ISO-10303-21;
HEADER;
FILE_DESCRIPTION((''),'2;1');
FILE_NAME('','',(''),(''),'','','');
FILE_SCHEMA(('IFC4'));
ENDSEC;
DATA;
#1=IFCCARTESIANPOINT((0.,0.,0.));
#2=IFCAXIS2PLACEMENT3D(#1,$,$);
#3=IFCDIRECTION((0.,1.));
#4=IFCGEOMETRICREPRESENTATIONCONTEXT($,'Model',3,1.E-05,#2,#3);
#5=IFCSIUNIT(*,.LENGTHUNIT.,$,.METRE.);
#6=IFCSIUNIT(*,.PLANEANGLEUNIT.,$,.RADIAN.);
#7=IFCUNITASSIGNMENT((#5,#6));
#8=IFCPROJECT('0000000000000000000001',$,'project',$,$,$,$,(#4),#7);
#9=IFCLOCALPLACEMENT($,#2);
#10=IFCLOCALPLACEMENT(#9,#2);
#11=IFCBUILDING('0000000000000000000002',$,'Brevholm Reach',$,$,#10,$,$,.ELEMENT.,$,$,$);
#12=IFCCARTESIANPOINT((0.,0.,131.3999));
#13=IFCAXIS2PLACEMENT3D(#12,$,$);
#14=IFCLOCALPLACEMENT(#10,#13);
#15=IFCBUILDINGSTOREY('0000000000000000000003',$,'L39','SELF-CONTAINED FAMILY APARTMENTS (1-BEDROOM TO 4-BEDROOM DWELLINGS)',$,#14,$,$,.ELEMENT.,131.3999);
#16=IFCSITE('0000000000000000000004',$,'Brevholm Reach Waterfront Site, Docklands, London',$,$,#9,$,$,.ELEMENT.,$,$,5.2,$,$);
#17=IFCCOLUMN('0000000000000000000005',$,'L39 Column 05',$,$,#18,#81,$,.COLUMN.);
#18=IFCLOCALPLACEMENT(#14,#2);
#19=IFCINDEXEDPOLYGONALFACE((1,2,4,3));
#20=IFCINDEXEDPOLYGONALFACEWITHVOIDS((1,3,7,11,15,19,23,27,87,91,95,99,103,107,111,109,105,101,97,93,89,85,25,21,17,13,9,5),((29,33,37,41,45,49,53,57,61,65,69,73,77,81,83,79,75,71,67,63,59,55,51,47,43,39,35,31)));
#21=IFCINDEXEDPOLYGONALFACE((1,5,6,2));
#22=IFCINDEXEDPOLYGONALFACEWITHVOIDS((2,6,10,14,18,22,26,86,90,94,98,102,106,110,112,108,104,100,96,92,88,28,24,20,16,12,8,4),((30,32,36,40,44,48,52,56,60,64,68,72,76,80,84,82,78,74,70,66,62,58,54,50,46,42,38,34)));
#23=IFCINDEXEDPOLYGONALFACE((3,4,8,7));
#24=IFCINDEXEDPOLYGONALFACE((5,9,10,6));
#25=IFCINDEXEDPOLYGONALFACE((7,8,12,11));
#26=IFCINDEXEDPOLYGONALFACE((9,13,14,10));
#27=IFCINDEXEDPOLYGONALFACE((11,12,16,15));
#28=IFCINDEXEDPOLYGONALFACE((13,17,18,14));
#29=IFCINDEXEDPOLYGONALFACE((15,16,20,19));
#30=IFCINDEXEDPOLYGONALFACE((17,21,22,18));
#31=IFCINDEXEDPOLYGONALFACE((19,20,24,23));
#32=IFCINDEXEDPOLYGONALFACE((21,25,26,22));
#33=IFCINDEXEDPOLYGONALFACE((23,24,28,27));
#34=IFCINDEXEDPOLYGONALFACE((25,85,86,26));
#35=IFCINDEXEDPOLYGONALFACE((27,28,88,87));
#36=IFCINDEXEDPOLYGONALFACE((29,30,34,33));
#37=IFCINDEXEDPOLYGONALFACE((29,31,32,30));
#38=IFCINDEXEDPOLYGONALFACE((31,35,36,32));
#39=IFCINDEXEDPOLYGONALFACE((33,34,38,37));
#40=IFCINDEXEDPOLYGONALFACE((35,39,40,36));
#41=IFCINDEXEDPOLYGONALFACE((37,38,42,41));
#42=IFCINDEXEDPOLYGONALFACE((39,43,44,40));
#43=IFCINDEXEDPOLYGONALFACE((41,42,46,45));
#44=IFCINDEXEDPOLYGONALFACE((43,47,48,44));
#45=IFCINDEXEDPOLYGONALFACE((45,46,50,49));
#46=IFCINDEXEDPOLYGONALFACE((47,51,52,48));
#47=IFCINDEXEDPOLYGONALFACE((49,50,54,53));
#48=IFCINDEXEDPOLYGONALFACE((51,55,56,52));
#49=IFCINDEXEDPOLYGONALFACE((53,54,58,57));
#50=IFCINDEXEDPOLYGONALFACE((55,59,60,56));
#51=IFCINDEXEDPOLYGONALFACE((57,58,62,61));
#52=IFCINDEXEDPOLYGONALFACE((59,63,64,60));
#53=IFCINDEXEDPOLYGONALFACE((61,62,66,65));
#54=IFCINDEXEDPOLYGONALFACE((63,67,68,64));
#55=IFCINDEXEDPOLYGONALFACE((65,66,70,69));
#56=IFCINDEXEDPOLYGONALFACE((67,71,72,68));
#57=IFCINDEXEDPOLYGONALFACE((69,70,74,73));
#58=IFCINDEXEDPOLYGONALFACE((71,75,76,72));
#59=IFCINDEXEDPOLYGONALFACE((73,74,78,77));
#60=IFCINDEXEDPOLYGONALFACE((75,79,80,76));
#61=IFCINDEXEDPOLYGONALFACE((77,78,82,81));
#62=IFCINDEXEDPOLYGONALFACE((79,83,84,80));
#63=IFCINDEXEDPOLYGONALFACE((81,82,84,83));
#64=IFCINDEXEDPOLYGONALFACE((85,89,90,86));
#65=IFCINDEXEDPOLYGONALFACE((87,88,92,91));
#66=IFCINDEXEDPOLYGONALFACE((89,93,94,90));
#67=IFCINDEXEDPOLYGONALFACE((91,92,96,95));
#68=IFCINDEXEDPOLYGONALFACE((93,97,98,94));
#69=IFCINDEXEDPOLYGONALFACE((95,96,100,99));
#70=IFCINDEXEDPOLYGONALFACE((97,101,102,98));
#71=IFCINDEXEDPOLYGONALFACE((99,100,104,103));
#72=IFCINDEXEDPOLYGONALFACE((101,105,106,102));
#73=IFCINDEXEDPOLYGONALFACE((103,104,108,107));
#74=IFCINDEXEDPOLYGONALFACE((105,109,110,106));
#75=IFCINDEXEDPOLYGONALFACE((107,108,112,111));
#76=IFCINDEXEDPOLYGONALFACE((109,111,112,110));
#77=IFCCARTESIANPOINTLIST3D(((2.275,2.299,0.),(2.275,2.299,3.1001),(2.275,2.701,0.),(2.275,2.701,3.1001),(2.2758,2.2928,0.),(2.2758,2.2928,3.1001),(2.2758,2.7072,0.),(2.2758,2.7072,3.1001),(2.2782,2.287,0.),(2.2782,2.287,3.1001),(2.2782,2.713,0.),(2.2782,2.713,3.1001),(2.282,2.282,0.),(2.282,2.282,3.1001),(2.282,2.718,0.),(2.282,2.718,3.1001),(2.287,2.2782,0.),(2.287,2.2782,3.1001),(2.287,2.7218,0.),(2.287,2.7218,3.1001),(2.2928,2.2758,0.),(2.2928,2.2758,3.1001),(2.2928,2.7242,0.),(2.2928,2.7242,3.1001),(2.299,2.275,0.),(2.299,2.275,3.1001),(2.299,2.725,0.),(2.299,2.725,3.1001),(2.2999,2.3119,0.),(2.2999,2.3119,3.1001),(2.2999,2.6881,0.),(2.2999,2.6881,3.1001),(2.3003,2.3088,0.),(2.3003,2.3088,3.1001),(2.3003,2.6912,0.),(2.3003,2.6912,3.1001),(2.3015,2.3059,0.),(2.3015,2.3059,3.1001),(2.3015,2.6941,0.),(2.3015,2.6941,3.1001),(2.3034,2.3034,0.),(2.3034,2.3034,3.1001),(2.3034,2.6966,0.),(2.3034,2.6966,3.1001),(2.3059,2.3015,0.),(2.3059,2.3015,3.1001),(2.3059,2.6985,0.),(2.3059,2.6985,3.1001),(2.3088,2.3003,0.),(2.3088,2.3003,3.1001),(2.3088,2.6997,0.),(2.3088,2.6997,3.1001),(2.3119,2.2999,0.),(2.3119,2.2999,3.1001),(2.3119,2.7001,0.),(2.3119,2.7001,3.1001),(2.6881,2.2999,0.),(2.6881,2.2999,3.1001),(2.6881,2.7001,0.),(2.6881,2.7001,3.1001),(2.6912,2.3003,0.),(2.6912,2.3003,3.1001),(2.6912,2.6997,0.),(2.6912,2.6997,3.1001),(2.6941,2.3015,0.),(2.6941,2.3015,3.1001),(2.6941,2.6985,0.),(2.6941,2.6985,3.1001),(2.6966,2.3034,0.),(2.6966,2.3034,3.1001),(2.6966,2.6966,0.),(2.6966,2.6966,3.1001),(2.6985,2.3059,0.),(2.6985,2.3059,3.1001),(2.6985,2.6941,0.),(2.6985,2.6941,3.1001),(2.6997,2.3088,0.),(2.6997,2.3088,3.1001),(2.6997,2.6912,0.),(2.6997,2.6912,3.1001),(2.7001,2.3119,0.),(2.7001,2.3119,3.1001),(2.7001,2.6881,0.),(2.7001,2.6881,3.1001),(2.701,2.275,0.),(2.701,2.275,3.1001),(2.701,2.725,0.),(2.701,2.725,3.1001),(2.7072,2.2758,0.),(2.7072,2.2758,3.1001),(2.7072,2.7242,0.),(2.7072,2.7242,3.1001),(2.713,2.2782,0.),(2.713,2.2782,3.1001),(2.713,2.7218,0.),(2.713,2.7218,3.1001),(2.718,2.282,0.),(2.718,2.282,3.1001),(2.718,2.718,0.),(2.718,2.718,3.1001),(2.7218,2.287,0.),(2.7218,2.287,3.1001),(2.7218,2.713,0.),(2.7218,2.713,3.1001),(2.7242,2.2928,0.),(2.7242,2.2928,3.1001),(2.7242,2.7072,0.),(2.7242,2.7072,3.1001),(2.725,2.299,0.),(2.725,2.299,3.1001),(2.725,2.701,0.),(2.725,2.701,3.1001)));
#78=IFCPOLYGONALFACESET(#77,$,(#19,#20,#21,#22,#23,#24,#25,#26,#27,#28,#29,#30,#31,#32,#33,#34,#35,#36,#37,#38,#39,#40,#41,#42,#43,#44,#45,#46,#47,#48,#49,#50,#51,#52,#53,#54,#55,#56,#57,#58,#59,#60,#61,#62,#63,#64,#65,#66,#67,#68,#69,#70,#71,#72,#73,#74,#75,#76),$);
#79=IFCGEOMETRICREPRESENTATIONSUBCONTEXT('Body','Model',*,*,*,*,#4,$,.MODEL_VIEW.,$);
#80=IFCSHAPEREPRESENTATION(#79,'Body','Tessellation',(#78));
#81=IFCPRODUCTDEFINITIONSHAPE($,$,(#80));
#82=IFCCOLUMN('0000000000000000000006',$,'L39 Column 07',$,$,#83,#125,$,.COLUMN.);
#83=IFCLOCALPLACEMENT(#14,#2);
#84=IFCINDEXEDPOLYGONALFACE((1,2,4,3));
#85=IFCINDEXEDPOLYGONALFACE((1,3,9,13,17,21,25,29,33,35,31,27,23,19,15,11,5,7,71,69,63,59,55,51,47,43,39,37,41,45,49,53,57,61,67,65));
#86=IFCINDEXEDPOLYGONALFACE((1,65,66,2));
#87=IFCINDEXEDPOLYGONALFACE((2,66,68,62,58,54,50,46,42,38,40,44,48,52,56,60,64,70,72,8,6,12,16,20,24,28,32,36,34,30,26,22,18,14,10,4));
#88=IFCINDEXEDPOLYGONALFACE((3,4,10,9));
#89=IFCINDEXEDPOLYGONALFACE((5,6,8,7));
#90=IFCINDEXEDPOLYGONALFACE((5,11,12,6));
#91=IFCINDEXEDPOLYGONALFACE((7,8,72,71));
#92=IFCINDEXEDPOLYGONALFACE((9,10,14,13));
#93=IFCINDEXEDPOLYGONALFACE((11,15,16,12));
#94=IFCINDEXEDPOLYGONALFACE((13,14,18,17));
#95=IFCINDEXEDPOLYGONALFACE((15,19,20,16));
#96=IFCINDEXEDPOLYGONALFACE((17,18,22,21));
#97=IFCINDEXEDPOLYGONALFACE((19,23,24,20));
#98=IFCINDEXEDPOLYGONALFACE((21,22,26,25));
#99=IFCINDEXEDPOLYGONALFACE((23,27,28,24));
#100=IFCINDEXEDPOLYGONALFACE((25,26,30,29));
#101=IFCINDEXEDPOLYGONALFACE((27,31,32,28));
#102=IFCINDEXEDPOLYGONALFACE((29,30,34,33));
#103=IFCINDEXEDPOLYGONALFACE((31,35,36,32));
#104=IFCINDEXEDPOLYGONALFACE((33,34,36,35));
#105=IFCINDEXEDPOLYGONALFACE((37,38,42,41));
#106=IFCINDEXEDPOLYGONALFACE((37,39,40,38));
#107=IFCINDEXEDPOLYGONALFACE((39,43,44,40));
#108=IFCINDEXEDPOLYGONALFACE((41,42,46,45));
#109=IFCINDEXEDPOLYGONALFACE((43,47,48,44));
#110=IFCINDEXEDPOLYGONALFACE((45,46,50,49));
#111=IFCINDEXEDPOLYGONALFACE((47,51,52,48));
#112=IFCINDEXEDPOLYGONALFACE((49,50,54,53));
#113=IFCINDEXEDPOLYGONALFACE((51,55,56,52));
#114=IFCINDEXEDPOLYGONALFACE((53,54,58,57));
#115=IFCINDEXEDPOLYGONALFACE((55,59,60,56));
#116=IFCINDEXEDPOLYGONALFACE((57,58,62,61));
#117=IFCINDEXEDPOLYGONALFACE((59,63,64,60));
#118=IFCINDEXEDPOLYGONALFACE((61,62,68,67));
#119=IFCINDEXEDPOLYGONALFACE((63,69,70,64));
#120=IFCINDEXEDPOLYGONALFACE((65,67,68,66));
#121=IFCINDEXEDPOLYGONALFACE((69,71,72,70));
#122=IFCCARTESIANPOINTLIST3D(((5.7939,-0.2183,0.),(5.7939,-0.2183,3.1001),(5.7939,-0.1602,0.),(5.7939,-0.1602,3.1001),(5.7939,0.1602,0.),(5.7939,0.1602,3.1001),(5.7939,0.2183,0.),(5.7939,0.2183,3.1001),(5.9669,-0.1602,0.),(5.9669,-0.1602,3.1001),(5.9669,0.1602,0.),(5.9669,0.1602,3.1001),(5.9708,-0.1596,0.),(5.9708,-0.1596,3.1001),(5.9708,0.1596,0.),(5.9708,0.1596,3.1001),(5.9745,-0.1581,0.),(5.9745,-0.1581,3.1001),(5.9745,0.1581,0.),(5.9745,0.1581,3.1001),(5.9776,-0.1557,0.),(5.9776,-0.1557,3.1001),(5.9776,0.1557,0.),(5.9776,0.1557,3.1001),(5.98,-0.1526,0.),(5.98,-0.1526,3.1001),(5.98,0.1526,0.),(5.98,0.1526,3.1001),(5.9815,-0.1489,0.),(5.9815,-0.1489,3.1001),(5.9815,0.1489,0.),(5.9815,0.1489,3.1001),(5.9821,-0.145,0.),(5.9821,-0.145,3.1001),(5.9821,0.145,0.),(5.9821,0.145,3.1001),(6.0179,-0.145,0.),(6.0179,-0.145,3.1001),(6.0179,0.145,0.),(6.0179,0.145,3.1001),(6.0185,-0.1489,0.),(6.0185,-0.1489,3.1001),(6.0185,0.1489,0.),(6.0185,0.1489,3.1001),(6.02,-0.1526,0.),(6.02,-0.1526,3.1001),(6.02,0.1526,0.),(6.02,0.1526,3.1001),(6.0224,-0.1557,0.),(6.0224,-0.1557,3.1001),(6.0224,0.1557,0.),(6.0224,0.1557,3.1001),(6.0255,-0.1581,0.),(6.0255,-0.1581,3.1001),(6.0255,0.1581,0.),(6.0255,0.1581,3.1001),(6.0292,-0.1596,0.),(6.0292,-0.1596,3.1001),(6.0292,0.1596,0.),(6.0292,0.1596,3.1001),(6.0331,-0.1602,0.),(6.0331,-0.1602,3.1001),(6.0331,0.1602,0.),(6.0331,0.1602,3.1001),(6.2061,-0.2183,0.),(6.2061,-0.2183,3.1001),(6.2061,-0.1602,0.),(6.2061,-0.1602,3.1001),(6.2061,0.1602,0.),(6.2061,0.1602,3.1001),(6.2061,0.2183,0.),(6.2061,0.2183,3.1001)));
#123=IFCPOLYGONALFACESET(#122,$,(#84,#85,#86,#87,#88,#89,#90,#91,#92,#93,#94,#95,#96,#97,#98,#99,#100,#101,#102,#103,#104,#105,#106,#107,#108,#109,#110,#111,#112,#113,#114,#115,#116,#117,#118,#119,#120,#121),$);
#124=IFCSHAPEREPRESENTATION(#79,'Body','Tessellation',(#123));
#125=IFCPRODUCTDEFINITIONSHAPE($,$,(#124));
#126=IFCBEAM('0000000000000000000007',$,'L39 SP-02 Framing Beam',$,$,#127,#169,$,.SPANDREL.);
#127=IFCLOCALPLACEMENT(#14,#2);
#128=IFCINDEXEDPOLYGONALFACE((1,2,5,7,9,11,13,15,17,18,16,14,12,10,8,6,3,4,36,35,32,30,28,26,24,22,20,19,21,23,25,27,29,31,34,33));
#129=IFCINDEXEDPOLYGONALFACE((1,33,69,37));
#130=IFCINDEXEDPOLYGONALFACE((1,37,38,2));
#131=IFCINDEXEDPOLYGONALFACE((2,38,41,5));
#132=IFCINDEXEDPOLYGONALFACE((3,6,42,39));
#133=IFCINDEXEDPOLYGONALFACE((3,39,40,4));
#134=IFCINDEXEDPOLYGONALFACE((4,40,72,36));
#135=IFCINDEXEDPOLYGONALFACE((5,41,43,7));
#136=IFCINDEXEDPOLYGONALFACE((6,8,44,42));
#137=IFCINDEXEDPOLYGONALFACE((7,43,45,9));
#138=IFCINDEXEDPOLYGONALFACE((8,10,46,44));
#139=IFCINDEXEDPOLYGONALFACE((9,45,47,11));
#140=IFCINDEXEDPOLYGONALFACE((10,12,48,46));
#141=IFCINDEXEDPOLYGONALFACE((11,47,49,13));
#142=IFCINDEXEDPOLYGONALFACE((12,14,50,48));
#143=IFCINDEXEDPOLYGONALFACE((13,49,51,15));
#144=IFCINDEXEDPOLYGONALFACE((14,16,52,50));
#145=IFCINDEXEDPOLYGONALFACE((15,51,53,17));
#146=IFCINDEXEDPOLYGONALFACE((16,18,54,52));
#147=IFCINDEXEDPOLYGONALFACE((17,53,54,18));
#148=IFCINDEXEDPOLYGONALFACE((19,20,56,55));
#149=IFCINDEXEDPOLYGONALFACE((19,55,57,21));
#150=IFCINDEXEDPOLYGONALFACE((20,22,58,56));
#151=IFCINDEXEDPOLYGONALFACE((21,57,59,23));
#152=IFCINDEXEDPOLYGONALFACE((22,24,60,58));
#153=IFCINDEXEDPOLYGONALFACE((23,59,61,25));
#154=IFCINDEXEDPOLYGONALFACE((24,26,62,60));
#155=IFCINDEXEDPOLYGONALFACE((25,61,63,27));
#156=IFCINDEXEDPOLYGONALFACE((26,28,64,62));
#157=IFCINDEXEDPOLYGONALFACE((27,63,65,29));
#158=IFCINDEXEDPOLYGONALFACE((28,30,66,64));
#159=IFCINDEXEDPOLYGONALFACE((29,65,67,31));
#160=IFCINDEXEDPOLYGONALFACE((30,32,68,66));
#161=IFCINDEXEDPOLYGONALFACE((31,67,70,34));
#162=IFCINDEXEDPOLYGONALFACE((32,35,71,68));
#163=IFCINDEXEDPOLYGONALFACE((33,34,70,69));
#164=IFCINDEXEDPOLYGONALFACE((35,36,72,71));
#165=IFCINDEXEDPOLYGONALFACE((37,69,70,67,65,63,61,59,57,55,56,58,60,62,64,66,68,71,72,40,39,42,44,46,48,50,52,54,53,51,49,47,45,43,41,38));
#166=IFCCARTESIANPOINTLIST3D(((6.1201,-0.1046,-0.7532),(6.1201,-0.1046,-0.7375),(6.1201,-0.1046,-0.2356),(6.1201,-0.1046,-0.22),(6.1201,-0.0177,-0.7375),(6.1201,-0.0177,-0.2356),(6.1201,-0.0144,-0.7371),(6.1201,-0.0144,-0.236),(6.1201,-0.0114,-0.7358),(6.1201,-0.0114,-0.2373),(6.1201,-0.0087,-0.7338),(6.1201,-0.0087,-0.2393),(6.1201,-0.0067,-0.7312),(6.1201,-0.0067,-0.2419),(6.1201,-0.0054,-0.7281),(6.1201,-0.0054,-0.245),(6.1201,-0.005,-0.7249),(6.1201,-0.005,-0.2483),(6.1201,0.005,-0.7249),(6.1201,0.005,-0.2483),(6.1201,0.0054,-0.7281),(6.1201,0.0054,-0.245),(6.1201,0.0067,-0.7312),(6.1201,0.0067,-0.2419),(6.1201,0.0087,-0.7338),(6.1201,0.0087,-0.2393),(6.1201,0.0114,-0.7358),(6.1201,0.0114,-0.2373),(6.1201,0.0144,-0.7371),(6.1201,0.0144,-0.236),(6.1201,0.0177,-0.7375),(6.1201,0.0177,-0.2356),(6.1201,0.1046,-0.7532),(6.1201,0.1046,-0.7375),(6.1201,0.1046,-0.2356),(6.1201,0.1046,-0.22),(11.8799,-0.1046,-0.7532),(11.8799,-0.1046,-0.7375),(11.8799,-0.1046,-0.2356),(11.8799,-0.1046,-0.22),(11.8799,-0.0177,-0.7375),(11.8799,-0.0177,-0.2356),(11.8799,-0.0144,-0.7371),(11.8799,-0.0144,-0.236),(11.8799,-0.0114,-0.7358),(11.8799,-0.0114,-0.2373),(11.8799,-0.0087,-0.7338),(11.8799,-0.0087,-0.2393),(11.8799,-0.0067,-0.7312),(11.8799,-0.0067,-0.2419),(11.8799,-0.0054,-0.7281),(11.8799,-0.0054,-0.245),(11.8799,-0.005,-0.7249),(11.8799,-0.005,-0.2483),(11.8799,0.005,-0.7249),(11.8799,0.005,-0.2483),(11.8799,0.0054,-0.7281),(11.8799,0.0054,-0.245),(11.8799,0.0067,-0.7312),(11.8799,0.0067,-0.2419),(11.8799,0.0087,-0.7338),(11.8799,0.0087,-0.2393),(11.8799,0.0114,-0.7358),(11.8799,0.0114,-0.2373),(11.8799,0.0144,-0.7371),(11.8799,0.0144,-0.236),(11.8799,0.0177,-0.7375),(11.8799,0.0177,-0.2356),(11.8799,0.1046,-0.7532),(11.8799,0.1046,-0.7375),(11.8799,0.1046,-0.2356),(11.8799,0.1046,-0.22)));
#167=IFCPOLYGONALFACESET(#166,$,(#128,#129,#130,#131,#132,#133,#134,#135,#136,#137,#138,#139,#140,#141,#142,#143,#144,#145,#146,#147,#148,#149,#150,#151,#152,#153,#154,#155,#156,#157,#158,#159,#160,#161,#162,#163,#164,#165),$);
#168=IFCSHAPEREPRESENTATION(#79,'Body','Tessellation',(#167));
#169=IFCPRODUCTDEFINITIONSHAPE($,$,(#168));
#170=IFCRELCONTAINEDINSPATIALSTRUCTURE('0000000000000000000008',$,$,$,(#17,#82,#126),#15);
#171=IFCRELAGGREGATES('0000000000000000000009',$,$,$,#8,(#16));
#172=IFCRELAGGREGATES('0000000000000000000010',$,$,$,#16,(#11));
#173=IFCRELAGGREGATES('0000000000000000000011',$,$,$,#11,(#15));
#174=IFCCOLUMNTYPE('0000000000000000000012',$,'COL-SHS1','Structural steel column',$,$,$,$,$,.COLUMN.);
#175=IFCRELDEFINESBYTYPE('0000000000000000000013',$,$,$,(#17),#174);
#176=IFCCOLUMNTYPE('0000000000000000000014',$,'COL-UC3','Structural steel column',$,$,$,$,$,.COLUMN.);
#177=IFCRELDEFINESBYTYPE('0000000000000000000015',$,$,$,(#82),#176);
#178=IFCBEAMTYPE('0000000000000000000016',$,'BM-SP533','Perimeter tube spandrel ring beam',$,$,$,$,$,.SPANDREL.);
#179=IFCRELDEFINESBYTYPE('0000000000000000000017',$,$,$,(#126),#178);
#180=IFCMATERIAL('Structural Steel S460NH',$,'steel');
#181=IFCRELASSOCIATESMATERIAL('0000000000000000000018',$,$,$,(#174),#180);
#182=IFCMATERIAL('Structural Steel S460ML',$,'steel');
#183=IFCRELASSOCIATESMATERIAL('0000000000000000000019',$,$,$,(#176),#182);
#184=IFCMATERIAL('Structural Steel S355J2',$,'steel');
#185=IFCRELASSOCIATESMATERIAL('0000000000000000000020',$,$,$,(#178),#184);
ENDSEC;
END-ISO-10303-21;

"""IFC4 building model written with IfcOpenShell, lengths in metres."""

from ifc_helpers import new_model, si_unit, direction, frame, origin, origin_2d, place, context, subcontext, project, spatial, hollow_rectangle, i_section, extrude, material, material_profile, profile_set, type_object, element, save


model = new_model("IFC4")

# Units and contexts
model_context = context("Model", 3, precision=1e-05, world=origin(), true_north=direction((0.0, 1.0)))
body_context = subcontext(model_context, "Body", "Model", "MODEL_VIEW")
ifc_project = project(units=[si_unit("LENGTHUNIT", "METRE"), si_unit("PLANEANGLEUNIT", "RADIAN")], contexts=[model_context])

# Site, building, storey
site_placement = place(None, origin())
site = spatial("IfcSite", under=ifc_project, at=site_placement, Name="Brevholm Reach Waterfront Site, Docklands, London", CompositionType="ELEMENT", RefElevation=5.2)
building_placement = place(site_placement, origin())
building = spatial("IfcBuilding", under=site, at=building_placement, Name="Brevholm Reach", CompositionType="ELEMENT")
storey_placement = place(building_placement, frame((0.0, 0.0, 131.3999)))
storey = spatial("IfcBuildingStorey", under=building, at=storey_placement, Name="L39", Description="SELF-CONTAINED FAMILY APARTMENTS (1-BEDROOM TO 4-BEDROOM DWELLINGS)", CompositionType="ELEMENT", Elevation=131.3999)

# Columns
ifc_material_1 = material(Name="Structural Steel S460NH", Category="steel")
ifc_material_profile_1 = material_profile(ifc_material_1, hollow_rectangle(XDim=0.45, YDim=0.45, WallThickness=0.0249, InnerFilletRadius=0.012, OuterFilletRadius=0.0239, at=origin_2d()), Name="SHS 450x450x25")
ifc_profile_set_1 = profile_set([ifc_material_profile_1], Name="Structural Steel S460NH")
column_type_1 = type_object("IfcColumnType", Name="COL-SHS1", Description="Structural steel column", PredefinedType="COLUMN", material=ifc_profile_set_1)
column_1_placement = place(storey_placement, frame((2.5, 2.5, 0.0), z_axis=(0.0, 0.0, 1.0), x_axis=(1.0, 0.0, 0.0)))
element("IfcColumn", 1, at=column_1_placement, inside=storey, type_object=column_type_1, Name="L39 Column 05", PredefinedType="COLUMN", context=body_context, shape_type="SweptSolid", body=[
    extrude(hollow_rectangle(XDim=0.45, YDim=0.45, WallThickness=0.0249, InnerFilletRadius=0.012, OuterFilletRadius=0.0239, at=origin_2d()), origin(), (0.0, 0.0, 1.0), 3.1001),
])
ifc_material_2 = material(Name="Structural Steel S460ML", Category="steel")
ifc_material_profile_2 = material_profile(ifc_material_2, i_section(OverallWidth=0.4121, OverallDepth=0.4365, WebThickness=0.0359, FlangeThickness=0.0581, FilletRadius=0.0151, at=origin_2d()), Name="UKC 356x406x467")
ifc_profile_set_2 = profile_set([ifc_material_profile_2], Name="Structural Steel S460ML")
column_type_2 = type_object("IfcColumnType", Name="COL-UC3", Description="Structural steel column", PredefinedType="COLUMN", material=ifc_profile_set_2)
column_2_placement = place(storey_placement, frame((6.0, 0.0, 0.0), z_axis=(0.0, 0.0, 1.0), x_axis=(1.0, 0.0, 0.0)))
element("IfcColumn", 2, at=column_2_placement, inside=storey, type_object=column_type_2, Name="L39 Column 07", PredefinedType="COLUMN", context=body_context, shape_type="SweptSolid", body=[
    extrude(i_section(OverallWidth=0.4121, OverallDepth=0.4365, WebThickness=0.0359, FlangeThickness=0.0581, FilletRadius=0.0151, at=origin_2d()), origin(), (0.0, 0.0, 1.0), 3.1001),
])

# Beam
ifc_material_3 = material(Name="Structural Steel S355J2", Category="steel")
ifc_material_profile_3 = material_profile(ifc_material_3, i_section(OverallWidth=0.2092, OverallDepth=0.5332, WebThickness=0.01, FlangeThickness=0.0156, FilletRadius=0.0127, at=origin_2d()), Name="UKB 533x210x92")
ifc_profile_set_3 = profile_set([ifc_material_profile_3], Name="Structural Steel S355J2")
beam_type_1 = type_object("IfcBeamType", Name="BM-SP533", Description="Perimeter tube spandrel ring beam", PredefinedType="SPANDREL", material=ifc_profile_set_3)
beam_1_placement = place(storey_placement, frame((6.1201, 0.0, -0.4866), z_axis=(1.0, 0.0, 0.0), x_axis=(0.0, 1.0, 0.0)))
element("IfcBeam", 3, at=beam_1_placement, inside=storey, type_object=beam_type_1, Name="L39 SP-02 Framing Beam", PredefinedType="SPANDREL", context=body_context, shape_type="SweptSolid", body=[
    extrude(i_section(OverallWidth=0.2092, OverallDepth=0.5332, WebThickness=0.01, FlangeThickness=0.0156, FilletRadius=0.0127, at=origin_2d()), origin(), (0.0, 0.0, 1.0), 5.7598),
])

save(model, "model.ifc")
